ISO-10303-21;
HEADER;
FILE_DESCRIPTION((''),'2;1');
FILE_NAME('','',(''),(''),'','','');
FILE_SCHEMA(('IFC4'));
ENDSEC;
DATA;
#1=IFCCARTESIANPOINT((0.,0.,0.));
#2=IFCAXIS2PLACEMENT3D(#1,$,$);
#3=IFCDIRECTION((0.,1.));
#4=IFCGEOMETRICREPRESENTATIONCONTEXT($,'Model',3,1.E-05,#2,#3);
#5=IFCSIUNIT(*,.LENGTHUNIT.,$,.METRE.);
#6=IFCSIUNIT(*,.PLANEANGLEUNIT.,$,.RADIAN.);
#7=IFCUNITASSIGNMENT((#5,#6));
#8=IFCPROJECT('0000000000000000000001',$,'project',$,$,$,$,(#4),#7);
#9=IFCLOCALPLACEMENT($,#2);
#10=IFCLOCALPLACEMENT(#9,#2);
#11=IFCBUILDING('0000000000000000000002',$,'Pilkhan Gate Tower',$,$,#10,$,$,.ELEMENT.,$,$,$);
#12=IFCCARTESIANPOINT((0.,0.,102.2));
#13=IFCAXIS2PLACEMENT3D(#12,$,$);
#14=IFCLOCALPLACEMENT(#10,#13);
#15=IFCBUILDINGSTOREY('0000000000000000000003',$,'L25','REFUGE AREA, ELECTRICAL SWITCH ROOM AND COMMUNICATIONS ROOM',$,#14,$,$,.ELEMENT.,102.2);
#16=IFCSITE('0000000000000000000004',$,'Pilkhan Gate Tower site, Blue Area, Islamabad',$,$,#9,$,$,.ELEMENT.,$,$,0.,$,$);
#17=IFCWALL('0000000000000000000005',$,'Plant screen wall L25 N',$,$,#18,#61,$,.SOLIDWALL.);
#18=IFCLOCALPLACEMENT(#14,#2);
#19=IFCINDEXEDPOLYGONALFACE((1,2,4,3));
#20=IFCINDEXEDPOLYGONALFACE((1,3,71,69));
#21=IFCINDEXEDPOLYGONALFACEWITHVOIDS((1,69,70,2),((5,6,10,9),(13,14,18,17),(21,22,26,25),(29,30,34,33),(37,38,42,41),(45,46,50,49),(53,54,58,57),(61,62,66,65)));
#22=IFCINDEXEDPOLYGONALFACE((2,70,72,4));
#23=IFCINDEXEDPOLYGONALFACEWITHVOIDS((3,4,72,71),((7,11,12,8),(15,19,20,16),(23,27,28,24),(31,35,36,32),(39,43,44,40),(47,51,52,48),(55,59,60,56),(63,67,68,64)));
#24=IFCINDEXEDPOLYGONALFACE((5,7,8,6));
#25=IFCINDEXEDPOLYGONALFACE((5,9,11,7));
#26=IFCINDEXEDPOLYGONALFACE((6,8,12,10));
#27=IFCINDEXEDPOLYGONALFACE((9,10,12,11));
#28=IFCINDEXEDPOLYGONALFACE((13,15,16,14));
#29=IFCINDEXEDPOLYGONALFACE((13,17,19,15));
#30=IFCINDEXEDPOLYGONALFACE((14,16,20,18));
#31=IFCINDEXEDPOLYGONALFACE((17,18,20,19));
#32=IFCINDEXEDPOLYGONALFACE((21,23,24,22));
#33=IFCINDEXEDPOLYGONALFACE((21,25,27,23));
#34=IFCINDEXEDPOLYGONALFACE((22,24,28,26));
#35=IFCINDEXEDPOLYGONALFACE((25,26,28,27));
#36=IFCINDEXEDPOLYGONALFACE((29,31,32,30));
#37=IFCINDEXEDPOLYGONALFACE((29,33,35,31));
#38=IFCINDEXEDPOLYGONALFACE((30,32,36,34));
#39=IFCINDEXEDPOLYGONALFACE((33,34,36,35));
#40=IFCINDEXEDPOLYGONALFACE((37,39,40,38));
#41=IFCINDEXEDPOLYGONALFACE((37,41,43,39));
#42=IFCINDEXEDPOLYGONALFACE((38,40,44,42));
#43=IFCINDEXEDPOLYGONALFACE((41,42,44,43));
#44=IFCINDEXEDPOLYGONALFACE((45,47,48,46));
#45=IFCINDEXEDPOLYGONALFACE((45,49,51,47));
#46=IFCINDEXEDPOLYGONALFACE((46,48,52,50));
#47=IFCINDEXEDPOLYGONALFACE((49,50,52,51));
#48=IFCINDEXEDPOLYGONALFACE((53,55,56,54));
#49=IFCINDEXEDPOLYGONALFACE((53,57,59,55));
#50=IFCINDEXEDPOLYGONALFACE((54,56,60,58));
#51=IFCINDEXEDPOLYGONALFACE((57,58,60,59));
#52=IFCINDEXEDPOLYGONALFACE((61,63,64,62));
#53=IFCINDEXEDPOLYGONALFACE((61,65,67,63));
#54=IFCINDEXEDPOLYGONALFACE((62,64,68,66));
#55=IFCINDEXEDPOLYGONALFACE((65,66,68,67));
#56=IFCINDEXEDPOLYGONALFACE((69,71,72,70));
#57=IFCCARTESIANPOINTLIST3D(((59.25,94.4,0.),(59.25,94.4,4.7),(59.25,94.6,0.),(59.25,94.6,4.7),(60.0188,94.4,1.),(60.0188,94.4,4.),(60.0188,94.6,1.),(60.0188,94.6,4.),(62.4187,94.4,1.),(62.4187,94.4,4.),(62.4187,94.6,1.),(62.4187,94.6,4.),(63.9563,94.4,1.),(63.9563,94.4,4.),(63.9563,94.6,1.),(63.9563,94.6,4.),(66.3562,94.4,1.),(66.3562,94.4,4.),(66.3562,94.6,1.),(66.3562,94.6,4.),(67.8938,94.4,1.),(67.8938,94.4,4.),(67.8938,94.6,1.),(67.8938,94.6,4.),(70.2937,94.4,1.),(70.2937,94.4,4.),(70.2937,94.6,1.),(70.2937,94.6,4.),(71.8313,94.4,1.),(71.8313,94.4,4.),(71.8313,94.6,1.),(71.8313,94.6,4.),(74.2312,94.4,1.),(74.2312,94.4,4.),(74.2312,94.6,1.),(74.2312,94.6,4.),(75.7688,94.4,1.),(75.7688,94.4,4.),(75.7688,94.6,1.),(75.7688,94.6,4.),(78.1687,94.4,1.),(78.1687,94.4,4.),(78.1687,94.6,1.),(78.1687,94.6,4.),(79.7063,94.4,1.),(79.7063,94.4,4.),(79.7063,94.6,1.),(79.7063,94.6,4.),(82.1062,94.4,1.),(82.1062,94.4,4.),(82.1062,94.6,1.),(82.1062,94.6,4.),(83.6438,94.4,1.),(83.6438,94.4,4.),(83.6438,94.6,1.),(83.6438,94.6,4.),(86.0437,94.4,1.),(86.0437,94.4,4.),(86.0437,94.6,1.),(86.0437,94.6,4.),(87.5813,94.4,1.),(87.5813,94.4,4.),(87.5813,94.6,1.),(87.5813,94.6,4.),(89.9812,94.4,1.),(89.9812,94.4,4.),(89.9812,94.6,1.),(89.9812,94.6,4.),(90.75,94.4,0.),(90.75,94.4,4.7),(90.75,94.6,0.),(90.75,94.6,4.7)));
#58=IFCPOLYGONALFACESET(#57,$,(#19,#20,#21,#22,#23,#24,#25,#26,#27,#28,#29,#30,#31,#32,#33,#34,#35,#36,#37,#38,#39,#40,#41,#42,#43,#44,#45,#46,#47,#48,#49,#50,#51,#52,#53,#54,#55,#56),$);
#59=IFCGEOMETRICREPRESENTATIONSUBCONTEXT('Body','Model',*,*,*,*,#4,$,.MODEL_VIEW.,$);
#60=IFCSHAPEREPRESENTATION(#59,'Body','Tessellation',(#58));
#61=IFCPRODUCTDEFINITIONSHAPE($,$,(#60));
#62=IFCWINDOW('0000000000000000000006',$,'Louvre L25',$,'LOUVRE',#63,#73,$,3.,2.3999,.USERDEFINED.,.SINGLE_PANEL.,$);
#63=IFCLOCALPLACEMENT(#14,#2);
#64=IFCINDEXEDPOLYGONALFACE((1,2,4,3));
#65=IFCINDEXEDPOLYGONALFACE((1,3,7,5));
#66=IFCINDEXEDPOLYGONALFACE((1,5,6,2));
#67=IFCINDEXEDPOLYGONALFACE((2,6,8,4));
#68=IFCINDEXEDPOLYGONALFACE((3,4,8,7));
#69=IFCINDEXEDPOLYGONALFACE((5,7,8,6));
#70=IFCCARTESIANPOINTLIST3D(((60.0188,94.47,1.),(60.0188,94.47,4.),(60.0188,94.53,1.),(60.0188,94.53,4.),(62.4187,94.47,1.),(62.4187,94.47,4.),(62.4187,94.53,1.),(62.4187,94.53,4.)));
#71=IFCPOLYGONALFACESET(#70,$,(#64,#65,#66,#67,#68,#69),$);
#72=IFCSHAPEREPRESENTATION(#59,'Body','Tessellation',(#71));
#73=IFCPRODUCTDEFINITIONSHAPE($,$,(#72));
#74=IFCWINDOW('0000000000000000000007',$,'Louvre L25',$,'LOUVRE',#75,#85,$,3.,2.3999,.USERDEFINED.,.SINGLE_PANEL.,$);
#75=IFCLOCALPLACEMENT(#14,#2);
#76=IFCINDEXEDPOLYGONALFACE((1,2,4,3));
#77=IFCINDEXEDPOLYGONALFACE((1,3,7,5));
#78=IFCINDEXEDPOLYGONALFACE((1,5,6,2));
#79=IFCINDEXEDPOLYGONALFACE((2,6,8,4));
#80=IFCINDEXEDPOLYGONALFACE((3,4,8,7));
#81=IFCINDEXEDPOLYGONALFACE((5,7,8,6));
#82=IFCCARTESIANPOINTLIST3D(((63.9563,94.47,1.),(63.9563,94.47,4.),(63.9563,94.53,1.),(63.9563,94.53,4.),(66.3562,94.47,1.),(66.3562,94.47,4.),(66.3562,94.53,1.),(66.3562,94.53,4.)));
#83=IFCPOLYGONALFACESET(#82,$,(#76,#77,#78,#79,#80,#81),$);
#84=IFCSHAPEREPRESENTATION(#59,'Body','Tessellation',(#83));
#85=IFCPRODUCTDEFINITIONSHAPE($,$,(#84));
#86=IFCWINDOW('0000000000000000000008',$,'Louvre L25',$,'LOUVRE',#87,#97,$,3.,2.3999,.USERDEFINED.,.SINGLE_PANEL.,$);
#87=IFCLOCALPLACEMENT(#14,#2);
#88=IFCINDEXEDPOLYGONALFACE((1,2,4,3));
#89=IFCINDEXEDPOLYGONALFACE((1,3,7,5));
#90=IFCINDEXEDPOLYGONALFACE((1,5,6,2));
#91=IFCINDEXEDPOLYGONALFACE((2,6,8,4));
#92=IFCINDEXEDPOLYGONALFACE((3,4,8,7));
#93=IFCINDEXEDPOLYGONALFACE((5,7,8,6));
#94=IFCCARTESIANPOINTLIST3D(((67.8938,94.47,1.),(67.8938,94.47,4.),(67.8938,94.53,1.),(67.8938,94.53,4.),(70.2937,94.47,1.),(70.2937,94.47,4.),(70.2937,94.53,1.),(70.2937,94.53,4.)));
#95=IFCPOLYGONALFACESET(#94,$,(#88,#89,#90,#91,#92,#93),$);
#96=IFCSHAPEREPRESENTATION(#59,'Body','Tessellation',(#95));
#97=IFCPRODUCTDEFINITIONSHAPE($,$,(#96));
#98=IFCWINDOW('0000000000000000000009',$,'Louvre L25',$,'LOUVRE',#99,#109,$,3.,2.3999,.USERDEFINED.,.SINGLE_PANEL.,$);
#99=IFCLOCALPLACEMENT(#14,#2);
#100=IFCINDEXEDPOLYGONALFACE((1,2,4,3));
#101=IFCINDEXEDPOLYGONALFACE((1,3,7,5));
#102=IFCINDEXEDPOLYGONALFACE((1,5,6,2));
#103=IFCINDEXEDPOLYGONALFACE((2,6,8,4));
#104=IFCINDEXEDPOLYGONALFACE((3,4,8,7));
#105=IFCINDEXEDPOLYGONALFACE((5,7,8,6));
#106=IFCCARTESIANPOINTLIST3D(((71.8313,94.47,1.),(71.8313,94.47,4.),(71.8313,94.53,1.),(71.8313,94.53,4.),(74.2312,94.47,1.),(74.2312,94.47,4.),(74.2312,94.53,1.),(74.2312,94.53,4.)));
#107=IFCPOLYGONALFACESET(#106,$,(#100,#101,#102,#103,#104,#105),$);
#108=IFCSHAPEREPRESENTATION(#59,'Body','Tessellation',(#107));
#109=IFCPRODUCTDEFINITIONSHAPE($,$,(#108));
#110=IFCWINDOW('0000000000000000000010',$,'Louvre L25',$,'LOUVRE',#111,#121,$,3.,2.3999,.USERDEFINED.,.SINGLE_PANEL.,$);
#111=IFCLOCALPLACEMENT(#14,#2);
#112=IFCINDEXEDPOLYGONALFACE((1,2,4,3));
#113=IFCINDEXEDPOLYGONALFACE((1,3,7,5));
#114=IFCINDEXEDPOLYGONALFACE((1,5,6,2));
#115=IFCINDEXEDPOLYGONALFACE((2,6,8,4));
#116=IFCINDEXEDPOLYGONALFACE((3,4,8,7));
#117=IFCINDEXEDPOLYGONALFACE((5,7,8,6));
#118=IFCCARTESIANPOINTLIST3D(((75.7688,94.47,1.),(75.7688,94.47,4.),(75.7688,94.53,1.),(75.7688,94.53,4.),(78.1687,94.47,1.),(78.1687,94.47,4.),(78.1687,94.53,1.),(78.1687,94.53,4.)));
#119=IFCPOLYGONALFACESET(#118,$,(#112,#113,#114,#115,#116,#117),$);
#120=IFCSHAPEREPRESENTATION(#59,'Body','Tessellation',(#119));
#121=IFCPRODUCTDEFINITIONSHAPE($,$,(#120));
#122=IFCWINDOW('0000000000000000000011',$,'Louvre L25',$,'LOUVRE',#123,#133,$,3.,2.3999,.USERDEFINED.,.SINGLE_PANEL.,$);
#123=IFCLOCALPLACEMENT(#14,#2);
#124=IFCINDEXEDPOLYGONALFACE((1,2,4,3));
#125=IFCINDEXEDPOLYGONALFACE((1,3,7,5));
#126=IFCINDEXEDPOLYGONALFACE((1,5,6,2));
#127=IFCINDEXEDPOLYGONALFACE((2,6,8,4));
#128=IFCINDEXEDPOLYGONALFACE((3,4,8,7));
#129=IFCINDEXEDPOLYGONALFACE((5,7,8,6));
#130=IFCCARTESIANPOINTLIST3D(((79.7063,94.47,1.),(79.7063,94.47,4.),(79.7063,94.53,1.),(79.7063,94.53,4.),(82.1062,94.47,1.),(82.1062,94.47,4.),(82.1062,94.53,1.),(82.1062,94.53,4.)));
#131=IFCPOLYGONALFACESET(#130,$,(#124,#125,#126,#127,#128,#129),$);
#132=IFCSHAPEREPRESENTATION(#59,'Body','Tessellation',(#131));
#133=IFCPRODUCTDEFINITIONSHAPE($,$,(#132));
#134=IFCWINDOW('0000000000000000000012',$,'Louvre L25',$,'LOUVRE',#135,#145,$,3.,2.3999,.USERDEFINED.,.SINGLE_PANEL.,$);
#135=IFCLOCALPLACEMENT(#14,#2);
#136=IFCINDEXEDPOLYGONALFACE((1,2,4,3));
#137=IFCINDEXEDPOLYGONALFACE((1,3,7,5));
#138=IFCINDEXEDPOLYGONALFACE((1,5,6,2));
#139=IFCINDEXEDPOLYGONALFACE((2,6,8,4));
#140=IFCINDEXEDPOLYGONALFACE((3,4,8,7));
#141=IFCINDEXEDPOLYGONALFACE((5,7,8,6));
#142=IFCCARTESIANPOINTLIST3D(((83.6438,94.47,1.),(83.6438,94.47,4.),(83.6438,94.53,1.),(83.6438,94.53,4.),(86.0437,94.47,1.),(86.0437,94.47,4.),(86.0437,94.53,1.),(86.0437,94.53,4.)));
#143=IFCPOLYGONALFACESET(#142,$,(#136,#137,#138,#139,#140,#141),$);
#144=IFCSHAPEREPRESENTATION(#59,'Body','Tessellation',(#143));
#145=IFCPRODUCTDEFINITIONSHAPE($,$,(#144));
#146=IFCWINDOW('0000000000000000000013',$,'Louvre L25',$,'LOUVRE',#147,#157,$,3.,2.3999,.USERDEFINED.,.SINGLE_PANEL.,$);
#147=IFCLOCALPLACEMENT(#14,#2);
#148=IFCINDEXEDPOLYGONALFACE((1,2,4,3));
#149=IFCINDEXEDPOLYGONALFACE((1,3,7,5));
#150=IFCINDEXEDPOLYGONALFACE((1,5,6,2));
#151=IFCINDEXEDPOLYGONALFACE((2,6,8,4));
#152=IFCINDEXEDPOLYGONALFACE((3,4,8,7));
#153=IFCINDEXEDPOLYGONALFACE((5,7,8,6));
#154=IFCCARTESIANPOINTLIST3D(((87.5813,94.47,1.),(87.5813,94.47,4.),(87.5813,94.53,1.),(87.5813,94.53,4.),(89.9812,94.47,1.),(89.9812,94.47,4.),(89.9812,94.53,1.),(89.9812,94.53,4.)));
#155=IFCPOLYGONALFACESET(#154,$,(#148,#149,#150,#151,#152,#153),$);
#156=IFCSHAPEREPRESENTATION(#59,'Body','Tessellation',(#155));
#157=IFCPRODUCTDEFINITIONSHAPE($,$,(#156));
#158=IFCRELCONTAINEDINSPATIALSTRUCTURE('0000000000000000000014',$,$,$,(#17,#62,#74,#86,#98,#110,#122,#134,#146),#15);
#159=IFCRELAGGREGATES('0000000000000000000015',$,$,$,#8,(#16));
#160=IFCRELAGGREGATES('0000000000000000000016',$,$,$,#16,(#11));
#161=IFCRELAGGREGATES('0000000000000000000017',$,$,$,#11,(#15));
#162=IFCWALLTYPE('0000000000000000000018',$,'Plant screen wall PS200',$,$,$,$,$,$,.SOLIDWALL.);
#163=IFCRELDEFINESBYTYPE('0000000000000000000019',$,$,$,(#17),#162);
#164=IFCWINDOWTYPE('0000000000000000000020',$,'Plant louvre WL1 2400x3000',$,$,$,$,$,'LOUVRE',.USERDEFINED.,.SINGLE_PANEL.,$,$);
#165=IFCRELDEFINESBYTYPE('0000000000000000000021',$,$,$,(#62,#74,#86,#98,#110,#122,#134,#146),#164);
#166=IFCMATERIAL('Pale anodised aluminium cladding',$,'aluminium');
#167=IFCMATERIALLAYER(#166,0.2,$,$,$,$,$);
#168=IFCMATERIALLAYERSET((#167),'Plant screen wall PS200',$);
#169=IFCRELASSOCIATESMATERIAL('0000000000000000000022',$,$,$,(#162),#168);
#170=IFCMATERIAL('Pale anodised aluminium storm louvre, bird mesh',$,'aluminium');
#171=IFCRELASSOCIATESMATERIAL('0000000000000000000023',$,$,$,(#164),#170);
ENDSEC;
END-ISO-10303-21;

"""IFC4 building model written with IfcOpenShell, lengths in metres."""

from ifc_helpers import new_model, si_unit, direction, frame, frame_2d, origin, place, context, subcontext, project, spatial, rectangle, extrude, material, layer, layer_set, type_object, element, fill, save


model = new_model("IFC4")

# Units and contexts
model_context = context("Model", 3, precision=1e-05, world=origin(), true_north=direction((0.0, 1.0)))
body_context = subcontext(model_context, "Body", "Model", "MODEL_VIEW")
ifc_project = project(units=[si_unit("LENGTHUNIT", "METRE"), si_unit("PLANEANGLEUNIT", "RADIAN")], contexts=[model_context])

# Site, building, storey
site_placement = place(None, origin())
site = spatial("IfcSite", under=ifc_project, at=site_placement, Name="Pilkhan Gate Tower site, Blue Area, Islamabad", CompositionType="ELEMENT", RefElevation=0.0)
building_placement = place(site_placement, origin())
building = spatial("IfcBuilding", under=site, at=building_placement, Name="Pilkhan Gate Tower", CompositionType="ELEMENT")
storey_placement = place(building_placement, frame((0.0, 0.0, 102.2)))
storey = spatial("IfcBuildingStorey", under=building, at=storey_placement, Name="L25", Description="REFUGE AREA, ELECTRICAL SWITCH ROOM AND COMMUNICATIONS ROOM", CompositionType="ELEMENT", Elevation=102.2)

# Wall, openings, windows
ifc_material_1 = material(Name="Pale anodised aluminium cladding", Category="aluminium")
ifc_layer_1 = layer(ifc_material_1, 0.2)
ifc_layer_set_1 = layer_set([ifc_layer_1], Name="Plant screen wall PS200")
wall_type_1 = type_object("IfcWallType", Name="Plant screen wall PS200", PredefinedType="SOLIDWALL", material=ifc_layer_set_1)
wall_1_placement = place(storey_placement, frame((59.25, 94.5, 0.0), z_axis=(0.0, 0.0, 1.0), x_axis=(1.0, 0.0, 0.0)))
wall_1 = element("IfcWall", 1, at=wall_1_placement, inside=storey, type_object=wall_type_1, Name="Plant screen wall L25 N", PredefinedType="SOLIDWALL", context=body_context, shape_type="SweptSolid", body=[
    extrude(rectangle(XDim=31.5, YDim=0.2, at=frame_2d((15.75, 0.0))), origin(), (0.0, 0.0, 1.0), 4.7),
])
opening_1_placement = place(wall_1_placement, frame((0.7688, 0.0, 1.0)))
opening_1 = element("IfcOpeningElement", 2, at=opening_1_placement, cuts=wall_1, PredefinedType="OPENING", context=body_context, shape_type="SweptSolid", body=[
    extrude(rectangle(XDim=2.3999, YDim=3.0, at=frame_2d((1.2, 1.5))), frame((0.0, 0.1099, 0.0), z_axis=(0.0, -1.0, 0.0), x_axis=(1.0, 0.0, 0.0)), (0.0, 0.0, 1.0), 0.22),
])
opening_2_placement = place(wall_1_placement, frame((4.7063, 0.0, 1.0)))
opening_2 = element("IfcOpeningElement", 3, at=opening_2_placement, cuts=wall_1, PredefinedType="OPENING", context=body_context, shape_type="SweptSolid", body=[
    extrude(rectangle(XDim=2.3999, YDim=3.0, at=frame_2d((1.2, 1.5))), frame((0.0, 0.1099, 0.0), z_axis=(0.0, -1.0, 0.0), x_axis=(1.0, 0.0, 0.0)), (0.0, 0.0, 1.0), 0.22),
])
opening_3_placement = place(wall_1_placement, frame((8.6438, 0.0, 1.0)))
opening_3 = element("IfcOpeningElement", 4, at=opening_3_placement, cuts=wall_1, PredefinedType="OPENING", context=body_context, shape_type="SweptSolid", body=[
    extrude(rectangle(XDim=2.3999, YDim=3.0, at=frame_2d((1.2, 1.5))), frame((0.0, 0.1099, 0.0), z_axis=(0.0, -1.0, 0.0), x_axis=(1.0, 0.0, 0.0)), (0.0, 0.0, 1.0), 0.22),
])
opening_4_placement = place(wall_1_placement, frame((12.5813, 0.0, 1.0)))
opening_4 = element("IfcOpeningElement", 5, at=opening_4_placement, cuts=wall_1, PredefinedType="OPENING", context=body_context, shape_type="SweptSolid", body=[
    extrude(rectangle(XDim=2.3999, YDim=3.0, at=frame_2d((1.2, 1.5))), frame((0.0, 0.1099, 0.0), z_axis=(0.0, -1.0, 0.0), x_axis=(1.0, 0.0, 0.0)), (0.0, 0.0, 1.0), 0.22),
])
opening_5_placement = place(wall_1_placement, frame((16.5188, 0.0, 1.0)))
opening_5 = element("IfcOpeningElement", 6, at=opening_5_placement, cuts=wall_1, PredefinedType="OPENING", context=body_context, shape_type="SweptSolid", body=[
    extrude(rectangle(XDim=2.3999, YDim=3.0, at=frame_2d((1.2, 1.5))), frame((0.0, 0.1099, 0.0), z_axis=(0.0, -1.0, 0.0), x_axis=(1.0, 0.0, 0.0)), (0.0, 0.0, 1.0), 0.22),
])
opening_6_placement = place(wall_1_placement, frame((20.4563, 0.0, 1.0)))
opening_6 = element("IfcOpeningElement", 7, at=opening_6_placement, cuts=wall_1, PredefinedType="OPENING", context=body_context, shape_type="SweptSolid", body=[
    extrude(rectangle(XDim=2.3999, YDim=3.0, at=frame_2d((1.2, 1.5))), frame((0.0, 0.1099, 0.0), z_axis=(0.0, -1.0, 0.0), x_axis=(1.0, 0.0, 0.0)), (0.0, 0.0, 1.0), 0.22),
])
opening_7_placement = place(wall_1_placement, frame((24.3938, 0.0, 1.0)))
opening_7 = element("IfcOpeningElement", 8, at=opening_7_placement, cuts=wall_1, PredefinedType="OPENING", context=body_context, shape_type="SweptSolid", body=[
    extrude(rectangle(XDim=2.3999, YDim=3.0, at=frame_2d((1.2, 1.5))), frame((0.0, 0.1099, 0.0), z_axis=(0.0, -1.0, 0.0), x_axis=(1.0, 0.0, 0.0)), (0.0, 0.0, 1.0), 0.22),
])
opening_8_placement = place(wall_1_placement, frame((28.3313, 0.0, 1.0)))
opening_8 = element("IfcOpeningElement", 9, at=opening_8_placement, cuts=wall_1, PredefinedType="OPENING", context=body_context, shape_type="SweptSolid", body=[
    extrude(rectangle(XDim=2.3999, YDim=3.0, at=frame_2d((1.2, 1.5))), frame((0.0, 0.1099, 0.0), z_axis=(0.0, -1.0, 0.0), x_axis=(1.0, 0.0, 0.0)), (0.0, 0.0, 1.0), 0.22),
])
ifc_material_2 = material(Name="Pale anodised aluminium storm louvre, bird mesh", Category="aluminium")
window_type = type_object("IfcWindowType", Name="Plant louvre WL1 2400x3000", ElementType="LOUVRE", PartitioningType="SINGLE_PANEL", PredefinedType="USERDEFINED", material=ifc_material_2)
window_1_placement = place(opening_1_placement, origin())
window_1 = element("IfcWindow", 10, at=window_1_placement, inside=storey, type_object=window_type, Name="Louvre L25", ObjectType="LOUVRE", OverallHeight=3.0, OverallWidth=2.3999, PartitioningType="SINGLE_PANEL", PredefinedType="USERDEFINED", context=body_context, shape_type="SweptSolid", body=[
    extrude(rectangle(XDim=2.3999, YDim=3.0, at=frame_2d((1.2, 1.5))), frame((0.0, 0.03, 0.0), z_axis=(0.0, -1.0, 0.0), x_axis=(1.0, 0.0, 0.0)), (0.0, 0.0, 1.0), 0.0601),
])
fill(opening_1, window_1)
window_2_placement = place(opening_2_placement, origin())
window_2 = element("IfcWindow", 11, at=window_2_placement, inside=storey, type_object=window_type, Name="Louvre L25", ObjectType="LOUVRE", OverallHeight=3.0, OverallWidth=2.3999, PartitioningType="SINGLE_PANEL", PredefinedType="USERDEFINED", context=body_context, shape_type="SweptSolid", body=[
    extrude(rectangle(XDim=2.3999, YDim=3.0, at=frame_2d((1.2, 1.5))), frame((0.0, 0.03, 0.0), z_axis=(0.0, -1.0, 0.0), x_axis=(1.0, 0.0, 0.0)), (0.0, 0.0, 1.0), 0.0601),
])
fill(opening_2, window_2)
window_3_placement = place(opening_3_placement, origin())
window_3 = element("IfcWindow", 12, at=window_3_placement, inside=storey, type_object=window_type, Name="Louvre L25", ObjectType="LOUVRE", OverallHeight=3.0, OverallWidth=2.3999, PartitioningType="SINGLE_PANEL", PredefinedType="USERDEFINED", context=body_context, shape_type="SweptSolid", body=[
    extrude(rectangle(XDim=2.3999, YDim=3.0, at=frame_2d((1.2, 1.5))), frame((0.0, 0.03, 0.0), z_axis=(0.0, -1.0, 0.0), x_axis=(1.0, 0.0, 0.0)), (0.0, 0.0, 1.0), 0.0601),
])
fill(opening_3, window_3)
window_4_placement = place(opening_4_placement, origin())
window_4 = element("IfcWindow", 13, at=window_4_placement, inside=storey, type_object=window_type, Name="Louvre L25", ObjectType="LOUVRE", OverallHeight=3.0, OverallWidth=2.3999, PartitioningType="SINGLE_PANEL", PredefinedType="USERDEFINED", context=body_context, shape_type="SweptSolid", body=[
    extrude(rectangle(XDim=2.3999, YDim=3.0, at=frame_2d((1.2, 1.5))), frame((0.0, 0.03, 0.0), z_axis=(0.0, -1.0, 0.0), x_axis=(1.0, 0.0, 0.0)), (0.0, 0.0, 1.0), 0.0601),
])
fill(opening_4, window_4)
window_5_placement = place(opening_5_placement, origin())
window_5 = element("IfcWindow", 14, at=window_5_placement, inside=storey, type_object=window_type, Name="Louvre L25", ObjectType="LOUVRE", OverallHeight=3.0, OverallWidth=2.3999, PartitioningType="SINGLE_PANEL", PredefinedType="USERDEFINED", context=body_context, shape_type="SweptSolid", body=[
    extrude(rectangle(XDim=2.3999, YDim=3.0, at=frame_2d((1.2, 1.5))), frame((0.0, 0.03, 0.0), z_axis=(0.0, -1.0, 0.0), x_axis=(1.0, 0.0, 0.0)), (0.0, 0.0, 1.0), 0.0601),
])
fill(opening_5, window_5)
window_6_placement = place(opening_6_placement, origin())
window_6 = element("IfcWindow", 15, at=window_6_placement, inside=storey, type_object=window_type, Name="Louvre L25", ObjectType="LOUVRE", OverallHeight=3.0, OverallWidth=2.3999, PartitioningType="SINGLE_PANEL", PredefinedType="USERDEFINED", context=body_context, shape_type="SweptSolid", body=[
    extrude(rectangle(XDim=2.3999, YDim=3.0, at=frame_2d((1.2, 1.5))), frame((0.0, 0.03, 0.0), z_axis=(0.0, -1.0, 0.0), x_axis=(1.0, 0.0, 0.0)), (0.0, 0.0, 1.0), 0.0601),
])
fill(opening_6, window_6)
window_7_placement = place(opening_7_placement, origin())
window_7 = element("IfcWindow", 16, at=window_7_placement, inside=storey, type_object=window_type, Name="Louvre L25", ObjectType="LOUVRE", OverallHeight=3.0, OverallWidth=2.3999, PartitioningType="SINGLE_PANEL", PredefinedType="USERDEFINED", context=body_context, shape_type="SweptSolid", body=[
    extrude(rectangle(XDim=2.3999, YDim=3.0, at=frame_2d((1.2, 1.5))), frame((0.0, 0.03, 0.0), z_axis=(0.0, -1.0, 0.0), x_axis=(1.0, 0.0, 0.0)), (0.0, 0.0, 1.0), 0.0601),
])
fill(opening_7, window_7)
window_8_placement = place(opening_8_placement, origin())
window_8 = element("IfcWindow", 17, at=window_8_placement, inside=storey, type_object=window_type, Name="Louvre L25", ObjectType="LOUVRE", OverallHeight=3.0, OverallWidth=2.3999, PartitioningType="SINGLE_PANEL", PredefinedType="USERDEFINED", context=body_context, shape_type="SweptSolid", body=[
    extrude(rectangle(XDim=2.3999, YDim=3.0, at=frame_2d((1.2, 1.5))), frame((0.0, 0.03, 0.0), z_axis=(0.0, -1.0, 0.0), x_axis=(1.0, 0.0, 0.0)), (0.0, 0.0, 1.0), 0.0601),
])
fill(opening_8, window_8)

save(model, "model.ifc")
